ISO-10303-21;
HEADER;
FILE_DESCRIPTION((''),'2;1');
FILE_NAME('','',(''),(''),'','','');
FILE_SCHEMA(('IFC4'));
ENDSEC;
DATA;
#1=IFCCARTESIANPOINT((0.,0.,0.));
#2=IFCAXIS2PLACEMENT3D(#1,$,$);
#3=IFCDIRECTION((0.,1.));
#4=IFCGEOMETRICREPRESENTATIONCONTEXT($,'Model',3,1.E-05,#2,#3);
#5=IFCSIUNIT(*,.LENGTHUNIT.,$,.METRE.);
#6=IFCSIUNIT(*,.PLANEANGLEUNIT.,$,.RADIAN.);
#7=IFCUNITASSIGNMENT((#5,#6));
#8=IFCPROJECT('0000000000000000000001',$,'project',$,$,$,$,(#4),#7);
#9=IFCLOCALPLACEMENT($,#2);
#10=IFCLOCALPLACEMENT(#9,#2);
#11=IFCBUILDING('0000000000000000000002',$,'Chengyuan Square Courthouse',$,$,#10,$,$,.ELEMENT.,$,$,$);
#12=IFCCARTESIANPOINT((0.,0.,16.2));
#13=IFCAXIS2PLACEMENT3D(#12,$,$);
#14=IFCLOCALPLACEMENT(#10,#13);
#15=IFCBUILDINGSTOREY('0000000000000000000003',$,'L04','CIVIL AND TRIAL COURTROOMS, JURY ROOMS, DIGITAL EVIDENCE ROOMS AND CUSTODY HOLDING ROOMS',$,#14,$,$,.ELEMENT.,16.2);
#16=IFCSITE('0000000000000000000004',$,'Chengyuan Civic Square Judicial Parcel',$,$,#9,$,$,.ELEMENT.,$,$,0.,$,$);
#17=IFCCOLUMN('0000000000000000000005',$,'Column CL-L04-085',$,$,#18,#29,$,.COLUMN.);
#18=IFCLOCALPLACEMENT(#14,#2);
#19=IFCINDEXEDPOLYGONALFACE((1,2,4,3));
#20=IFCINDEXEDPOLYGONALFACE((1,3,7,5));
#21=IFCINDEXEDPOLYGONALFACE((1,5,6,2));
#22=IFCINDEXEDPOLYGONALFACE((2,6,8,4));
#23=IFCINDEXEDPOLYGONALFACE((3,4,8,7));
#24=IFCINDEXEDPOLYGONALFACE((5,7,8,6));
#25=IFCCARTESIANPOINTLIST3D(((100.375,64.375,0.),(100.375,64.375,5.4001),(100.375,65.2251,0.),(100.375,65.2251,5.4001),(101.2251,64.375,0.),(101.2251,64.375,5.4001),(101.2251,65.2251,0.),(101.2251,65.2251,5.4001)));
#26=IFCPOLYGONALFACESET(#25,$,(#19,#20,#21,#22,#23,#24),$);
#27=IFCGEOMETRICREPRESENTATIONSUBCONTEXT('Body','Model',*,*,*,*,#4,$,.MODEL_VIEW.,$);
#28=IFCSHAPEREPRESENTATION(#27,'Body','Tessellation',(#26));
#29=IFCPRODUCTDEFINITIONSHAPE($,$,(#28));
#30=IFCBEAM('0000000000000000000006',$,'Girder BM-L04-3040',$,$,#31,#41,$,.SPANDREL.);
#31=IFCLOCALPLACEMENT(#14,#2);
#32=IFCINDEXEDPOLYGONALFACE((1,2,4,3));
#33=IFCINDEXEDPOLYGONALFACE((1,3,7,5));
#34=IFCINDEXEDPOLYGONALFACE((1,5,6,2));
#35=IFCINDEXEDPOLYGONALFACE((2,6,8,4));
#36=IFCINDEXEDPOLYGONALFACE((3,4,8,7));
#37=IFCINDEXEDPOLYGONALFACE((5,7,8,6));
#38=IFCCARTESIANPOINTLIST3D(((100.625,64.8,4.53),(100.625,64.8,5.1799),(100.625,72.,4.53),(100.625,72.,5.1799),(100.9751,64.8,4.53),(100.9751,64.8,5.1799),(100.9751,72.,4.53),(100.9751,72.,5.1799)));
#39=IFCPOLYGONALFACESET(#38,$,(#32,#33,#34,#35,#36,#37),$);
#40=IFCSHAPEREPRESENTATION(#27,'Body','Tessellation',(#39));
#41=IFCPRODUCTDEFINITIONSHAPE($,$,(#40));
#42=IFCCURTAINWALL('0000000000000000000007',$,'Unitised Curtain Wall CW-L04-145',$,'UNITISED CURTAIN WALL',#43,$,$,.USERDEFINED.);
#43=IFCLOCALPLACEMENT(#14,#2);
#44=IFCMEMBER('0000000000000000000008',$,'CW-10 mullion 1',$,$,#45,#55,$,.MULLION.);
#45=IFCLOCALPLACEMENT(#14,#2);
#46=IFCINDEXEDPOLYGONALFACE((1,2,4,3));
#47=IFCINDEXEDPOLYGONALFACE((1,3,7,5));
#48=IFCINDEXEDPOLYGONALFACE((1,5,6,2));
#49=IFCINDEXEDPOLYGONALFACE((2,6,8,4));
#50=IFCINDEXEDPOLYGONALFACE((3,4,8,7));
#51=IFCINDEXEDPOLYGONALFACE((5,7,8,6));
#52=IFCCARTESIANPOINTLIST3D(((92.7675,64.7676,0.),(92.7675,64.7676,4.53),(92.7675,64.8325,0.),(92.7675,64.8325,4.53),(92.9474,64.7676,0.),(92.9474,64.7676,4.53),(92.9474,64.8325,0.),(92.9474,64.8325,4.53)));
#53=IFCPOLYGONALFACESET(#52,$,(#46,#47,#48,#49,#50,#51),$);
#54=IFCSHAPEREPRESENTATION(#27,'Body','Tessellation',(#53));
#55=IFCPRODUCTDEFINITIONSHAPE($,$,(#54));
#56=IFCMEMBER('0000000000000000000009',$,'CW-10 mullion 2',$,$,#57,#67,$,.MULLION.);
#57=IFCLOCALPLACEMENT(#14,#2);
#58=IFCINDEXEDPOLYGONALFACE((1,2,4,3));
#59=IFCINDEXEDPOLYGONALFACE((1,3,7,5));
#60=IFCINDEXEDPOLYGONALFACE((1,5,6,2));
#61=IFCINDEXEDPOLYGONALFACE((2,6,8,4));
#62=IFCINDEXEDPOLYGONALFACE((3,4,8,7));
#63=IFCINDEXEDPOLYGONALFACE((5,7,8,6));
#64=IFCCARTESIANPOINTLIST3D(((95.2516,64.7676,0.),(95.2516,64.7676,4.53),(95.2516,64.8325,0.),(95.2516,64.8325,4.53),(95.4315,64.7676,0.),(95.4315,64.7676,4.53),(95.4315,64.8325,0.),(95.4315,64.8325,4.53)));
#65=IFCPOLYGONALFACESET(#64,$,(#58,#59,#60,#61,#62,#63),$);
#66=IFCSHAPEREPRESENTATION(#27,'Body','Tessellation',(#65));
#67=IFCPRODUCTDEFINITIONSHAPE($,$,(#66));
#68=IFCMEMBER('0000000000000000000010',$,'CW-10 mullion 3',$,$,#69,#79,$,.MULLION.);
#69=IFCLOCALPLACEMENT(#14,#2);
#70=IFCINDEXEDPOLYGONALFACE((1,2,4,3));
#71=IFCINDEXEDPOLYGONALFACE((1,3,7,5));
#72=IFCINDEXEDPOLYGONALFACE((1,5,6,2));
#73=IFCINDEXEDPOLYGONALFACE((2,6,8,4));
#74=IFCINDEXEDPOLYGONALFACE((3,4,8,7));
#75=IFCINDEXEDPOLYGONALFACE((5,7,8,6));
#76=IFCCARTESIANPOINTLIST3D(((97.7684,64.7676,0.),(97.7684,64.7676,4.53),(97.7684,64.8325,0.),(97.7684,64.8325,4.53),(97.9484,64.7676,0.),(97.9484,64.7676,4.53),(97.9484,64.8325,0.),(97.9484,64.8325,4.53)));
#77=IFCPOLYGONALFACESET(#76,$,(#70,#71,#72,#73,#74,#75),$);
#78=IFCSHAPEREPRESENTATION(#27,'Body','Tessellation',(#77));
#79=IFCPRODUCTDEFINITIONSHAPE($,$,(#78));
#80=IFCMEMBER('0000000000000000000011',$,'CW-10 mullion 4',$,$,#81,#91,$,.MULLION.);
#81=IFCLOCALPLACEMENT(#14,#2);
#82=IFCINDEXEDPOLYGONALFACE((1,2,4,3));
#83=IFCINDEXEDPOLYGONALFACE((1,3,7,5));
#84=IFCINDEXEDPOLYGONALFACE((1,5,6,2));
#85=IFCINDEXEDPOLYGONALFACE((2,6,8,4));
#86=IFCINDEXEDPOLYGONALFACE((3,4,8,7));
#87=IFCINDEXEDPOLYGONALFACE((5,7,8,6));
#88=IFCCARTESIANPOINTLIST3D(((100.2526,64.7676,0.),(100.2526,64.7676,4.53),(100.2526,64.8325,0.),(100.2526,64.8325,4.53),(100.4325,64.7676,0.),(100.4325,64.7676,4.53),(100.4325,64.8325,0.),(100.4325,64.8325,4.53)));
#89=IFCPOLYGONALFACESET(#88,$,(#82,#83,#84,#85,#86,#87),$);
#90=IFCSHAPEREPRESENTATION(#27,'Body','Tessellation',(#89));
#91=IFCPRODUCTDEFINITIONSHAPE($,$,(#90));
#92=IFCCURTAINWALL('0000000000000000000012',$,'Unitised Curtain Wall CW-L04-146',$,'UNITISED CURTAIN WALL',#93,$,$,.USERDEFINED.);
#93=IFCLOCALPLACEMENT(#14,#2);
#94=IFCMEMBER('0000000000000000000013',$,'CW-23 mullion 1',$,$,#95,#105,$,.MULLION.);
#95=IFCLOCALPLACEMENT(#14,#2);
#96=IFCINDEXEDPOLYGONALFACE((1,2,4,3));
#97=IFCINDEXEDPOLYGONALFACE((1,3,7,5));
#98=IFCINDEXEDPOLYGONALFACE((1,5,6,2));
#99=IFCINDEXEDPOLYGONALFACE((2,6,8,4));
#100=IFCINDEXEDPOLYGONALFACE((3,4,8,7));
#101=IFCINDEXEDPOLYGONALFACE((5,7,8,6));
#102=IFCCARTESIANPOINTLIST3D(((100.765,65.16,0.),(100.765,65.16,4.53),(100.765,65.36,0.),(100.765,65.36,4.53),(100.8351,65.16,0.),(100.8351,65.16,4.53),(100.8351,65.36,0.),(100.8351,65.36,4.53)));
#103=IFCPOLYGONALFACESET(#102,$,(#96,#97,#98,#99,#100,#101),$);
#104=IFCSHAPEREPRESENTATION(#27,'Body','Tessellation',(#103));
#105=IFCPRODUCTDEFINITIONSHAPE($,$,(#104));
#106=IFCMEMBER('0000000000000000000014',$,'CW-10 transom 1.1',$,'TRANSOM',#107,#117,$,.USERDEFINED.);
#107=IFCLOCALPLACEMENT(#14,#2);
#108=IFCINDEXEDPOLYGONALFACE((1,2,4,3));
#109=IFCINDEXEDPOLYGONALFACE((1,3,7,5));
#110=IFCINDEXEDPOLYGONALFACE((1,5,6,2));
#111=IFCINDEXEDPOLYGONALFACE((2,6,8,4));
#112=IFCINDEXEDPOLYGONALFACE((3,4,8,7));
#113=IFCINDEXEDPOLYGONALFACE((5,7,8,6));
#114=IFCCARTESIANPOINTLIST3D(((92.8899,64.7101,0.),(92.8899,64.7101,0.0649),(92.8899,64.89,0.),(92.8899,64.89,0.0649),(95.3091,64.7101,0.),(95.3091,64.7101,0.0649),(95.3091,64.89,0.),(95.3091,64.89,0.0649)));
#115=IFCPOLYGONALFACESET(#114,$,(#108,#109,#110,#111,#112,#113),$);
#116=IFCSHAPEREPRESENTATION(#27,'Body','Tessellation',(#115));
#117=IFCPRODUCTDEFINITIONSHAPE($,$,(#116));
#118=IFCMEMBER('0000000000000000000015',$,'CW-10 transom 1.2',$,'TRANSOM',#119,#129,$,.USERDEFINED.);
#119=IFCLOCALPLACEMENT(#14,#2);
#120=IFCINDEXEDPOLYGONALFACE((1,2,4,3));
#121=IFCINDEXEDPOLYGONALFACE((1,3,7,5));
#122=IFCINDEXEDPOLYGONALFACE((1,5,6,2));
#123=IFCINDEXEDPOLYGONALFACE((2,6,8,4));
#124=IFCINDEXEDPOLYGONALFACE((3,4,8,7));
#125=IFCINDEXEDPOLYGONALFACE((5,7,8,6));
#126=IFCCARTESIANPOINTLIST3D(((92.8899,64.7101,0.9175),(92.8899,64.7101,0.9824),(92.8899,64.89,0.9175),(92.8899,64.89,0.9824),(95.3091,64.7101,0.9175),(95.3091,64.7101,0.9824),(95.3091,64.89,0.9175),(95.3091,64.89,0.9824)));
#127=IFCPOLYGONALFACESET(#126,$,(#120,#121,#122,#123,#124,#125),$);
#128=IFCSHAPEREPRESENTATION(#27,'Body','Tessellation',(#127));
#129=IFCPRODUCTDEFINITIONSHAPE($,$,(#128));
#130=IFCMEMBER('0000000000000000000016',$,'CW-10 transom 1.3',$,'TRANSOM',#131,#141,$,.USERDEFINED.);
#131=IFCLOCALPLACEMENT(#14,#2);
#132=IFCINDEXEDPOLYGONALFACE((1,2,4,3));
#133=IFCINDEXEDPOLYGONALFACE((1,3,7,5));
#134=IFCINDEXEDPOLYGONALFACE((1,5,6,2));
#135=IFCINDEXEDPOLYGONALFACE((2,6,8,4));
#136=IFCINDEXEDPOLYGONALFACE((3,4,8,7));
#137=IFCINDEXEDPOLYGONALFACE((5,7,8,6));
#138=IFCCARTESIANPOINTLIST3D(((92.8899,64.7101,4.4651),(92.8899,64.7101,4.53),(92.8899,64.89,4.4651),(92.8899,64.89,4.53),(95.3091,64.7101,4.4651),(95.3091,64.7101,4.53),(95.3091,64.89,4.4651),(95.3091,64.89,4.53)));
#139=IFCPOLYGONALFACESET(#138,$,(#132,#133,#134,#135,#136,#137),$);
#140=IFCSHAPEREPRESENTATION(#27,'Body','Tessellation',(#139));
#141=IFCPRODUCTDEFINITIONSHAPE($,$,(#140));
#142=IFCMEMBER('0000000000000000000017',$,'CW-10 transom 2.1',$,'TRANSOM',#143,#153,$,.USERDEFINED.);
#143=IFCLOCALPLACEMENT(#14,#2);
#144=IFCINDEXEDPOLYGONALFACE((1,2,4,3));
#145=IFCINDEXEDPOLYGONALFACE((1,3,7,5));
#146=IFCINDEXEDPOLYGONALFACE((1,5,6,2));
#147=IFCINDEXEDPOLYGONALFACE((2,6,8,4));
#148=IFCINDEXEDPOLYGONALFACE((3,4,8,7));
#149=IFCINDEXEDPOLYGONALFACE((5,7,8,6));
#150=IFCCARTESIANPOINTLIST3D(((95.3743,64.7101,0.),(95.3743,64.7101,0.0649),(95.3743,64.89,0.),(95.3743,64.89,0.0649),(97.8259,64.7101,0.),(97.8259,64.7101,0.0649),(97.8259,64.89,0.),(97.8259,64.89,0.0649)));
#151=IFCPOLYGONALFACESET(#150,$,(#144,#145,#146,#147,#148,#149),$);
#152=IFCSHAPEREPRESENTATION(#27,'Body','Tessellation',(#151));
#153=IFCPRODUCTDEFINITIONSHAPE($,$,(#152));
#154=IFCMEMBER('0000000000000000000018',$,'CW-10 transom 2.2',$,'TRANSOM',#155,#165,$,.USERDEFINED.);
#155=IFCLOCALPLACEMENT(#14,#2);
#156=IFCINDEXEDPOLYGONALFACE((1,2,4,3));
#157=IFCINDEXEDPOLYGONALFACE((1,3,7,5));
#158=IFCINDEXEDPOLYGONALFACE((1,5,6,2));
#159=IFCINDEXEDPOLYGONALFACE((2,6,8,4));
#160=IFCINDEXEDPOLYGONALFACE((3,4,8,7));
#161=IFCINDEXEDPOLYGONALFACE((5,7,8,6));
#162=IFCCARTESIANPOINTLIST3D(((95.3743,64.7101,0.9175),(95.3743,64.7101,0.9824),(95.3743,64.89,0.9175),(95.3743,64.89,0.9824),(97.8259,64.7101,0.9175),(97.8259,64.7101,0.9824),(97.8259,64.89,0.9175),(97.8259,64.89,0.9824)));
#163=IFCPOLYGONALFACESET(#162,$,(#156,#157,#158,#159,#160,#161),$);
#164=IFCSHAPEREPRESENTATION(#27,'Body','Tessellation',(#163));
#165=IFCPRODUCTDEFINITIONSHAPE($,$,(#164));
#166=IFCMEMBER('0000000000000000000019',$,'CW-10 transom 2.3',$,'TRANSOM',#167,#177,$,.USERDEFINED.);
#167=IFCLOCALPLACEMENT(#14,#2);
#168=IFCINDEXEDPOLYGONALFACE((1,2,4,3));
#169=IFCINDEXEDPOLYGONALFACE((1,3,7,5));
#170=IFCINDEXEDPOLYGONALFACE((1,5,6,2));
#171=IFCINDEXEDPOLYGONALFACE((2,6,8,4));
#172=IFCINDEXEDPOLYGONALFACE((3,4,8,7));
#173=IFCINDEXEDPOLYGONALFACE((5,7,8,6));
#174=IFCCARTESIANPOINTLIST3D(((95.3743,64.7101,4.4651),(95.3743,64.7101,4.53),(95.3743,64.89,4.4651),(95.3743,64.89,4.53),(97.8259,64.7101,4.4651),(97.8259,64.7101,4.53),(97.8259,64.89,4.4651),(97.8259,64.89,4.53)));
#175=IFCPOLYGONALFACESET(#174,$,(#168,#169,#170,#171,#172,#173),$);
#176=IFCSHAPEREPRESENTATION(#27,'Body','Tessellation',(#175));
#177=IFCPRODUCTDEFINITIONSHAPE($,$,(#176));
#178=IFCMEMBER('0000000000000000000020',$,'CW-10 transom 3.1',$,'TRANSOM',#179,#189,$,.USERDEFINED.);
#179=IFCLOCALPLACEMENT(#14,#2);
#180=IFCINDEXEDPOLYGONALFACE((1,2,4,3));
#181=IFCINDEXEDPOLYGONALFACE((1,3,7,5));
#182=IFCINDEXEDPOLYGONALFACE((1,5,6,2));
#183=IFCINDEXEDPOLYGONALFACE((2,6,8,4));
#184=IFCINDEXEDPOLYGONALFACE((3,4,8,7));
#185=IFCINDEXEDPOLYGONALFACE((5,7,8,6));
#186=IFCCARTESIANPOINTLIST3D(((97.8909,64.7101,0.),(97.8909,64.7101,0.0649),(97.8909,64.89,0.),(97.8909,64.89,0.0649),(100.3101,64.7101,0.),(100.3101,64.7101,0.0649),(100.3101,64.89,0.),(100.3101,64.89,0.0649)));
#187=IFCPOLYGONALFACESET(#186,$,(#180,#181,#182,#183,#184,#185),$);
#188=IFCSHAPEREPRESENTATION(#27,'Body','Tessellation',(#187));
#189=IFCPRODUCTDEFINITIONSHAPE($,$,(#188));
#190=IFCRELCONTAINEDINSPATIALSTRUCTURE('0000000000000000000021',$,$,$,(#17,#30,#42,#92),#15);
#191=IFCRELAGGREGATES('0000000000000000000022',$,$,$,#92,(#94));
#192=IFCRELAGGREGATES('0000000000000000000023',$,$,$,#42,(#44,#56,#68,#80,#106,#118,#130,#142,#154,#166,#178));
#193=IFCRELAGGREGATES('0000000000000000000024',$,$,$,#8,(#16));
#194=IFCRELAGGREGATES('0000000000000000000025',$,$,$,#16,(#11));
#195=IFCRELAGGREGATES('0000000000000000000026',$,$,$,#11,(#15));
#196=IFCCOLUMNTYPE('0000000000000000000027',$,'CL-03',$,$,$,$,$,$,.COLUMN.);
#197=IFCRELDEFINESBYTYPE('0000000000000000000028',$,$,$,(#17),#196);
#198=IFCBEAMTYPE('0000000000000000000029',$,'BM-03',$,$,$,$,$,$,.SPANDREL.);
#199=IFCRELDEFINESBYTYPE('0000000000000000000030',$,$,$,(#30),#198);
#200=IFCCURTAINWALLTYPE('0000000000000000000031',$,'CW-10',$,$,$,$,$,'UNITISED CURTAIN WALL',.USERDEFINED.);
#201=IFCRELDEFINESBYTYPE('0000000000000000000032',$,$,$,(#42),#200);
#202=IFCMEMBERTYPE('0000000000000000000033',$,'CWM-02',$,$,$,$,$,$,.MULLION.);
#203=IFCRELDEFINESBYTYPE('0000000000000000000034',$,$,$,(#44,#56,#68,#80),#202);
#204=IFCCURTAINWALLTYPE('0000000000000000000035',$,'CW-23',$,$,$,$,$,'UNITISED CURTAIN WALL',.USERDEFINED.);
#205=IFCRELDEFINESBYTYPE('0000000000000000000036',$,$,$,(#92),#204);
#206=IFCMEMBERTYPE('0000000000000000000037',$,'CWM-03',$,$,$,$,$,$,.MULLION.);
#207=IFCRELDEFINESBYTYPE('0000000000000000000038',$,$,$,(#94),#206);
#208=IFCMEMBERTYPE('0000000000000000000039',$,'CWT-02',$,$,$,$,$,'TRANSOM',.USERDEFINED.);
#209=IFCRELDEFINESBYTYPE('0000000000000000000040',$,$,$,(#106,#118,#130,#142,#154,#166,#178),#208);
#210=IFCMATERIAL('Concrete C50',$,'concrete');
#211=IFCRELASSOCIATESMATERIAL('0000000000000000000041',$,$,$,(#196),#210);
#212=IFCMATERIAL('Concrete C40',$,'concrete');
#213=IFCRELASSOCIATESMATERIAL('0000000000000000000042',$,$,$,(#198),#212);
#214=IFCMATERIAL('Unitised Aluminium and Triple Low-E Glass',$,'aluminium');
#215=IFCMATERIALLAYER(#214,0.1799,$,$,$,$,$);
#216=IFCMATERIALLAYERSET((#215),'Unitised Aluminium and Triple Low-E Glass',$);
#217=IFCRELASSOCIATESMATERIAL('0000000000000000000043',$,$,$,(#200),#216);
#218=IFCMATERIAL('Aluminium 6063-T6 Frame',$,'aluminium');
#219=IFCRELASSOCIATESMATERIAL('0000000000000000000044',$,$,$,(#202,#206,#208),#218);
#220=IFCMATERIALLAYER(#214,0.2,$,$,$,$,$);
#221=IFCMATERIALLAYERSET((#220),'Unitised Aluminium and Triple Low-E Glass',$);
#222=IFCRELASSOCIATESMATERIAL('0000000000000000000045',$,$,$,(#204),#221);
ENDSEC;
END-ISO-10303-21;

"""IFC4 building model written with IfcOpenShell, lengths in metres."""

from ifc_helpers import new_model, si_unit, direction, frame, origin, origin_2d, place, context, subcontext, project, spatial, rectangle, extrude, material, layer, layer_set, material_profile, profile_set, type_object, element, aggregate, save


model = new_model("IFC4")

# Units and contexts
model_context = context("Model", 3, precision=1e-05, world=origin(), true_north=direction((0.0, 1.0)))
body_context = subcontext(model_context, "Body", "Model", "MODEL_VIEW")
ifc_project = project(units=[si_unit("LENGTHUNIT", "METRE"), si_unit("PLANEANGLEUNIT", "RADIAN")], contexts=[model_context])

# Site, building, storey
site_placement = place(None, origin())
site = spatial("IfcSite", under=ifc_project, at=site_placement, Name="Chengyuan Civic Square Judicial Parcel", CompositionType="ELEMENT", RefElevation=0.0)
building_placement = place(site_placement, origin())
building = spatial("IfcBuilding", under=site, at=building_placement, Name="Chengyuan Square Courthouse", CompositionType="ELEMENT")
storey_placement = place(building_placement, frame((0.0, 0.0, 16.2)))
storey = spatial("IfcBuildingStorey", under=building, at=storey_placement, Name="L04", Description="CIVIL AND TRIAL COURTROOMS, JURY ROOMS, DIGITAL EVIDENCE ROOMS AND CUSTODY HOLDING ROOMS", CompositionType="ELEMENT", Elevation=16.2)

# Column
ifc_material_1 = material(Name="Concrete C50", Category="concrete")
ifc_material_profile_1 = material_profile(ifc_material_1, rectangle(XDim=0.8501, YDim=0.8501, at=origin_2d()), Name="RC-COL-850x850")
ifc_profile_set_1 = profile_set([ifc_material_profile_1], Name="Concrete C50")
column_type = type_object("IfcColumnType", Name="CL-03", PredefinedType="COLUMN", material=ifc_profile_set_1)
column_placement = place(storey_placement, frame((100.8, 64.8, 0.0), z_axis=(0.0, 0.0, 1.0), x_axis=(1.0, 0.0, 0.0)))
element("IfcColumn", 1, at=column_placement, inside=storey, type_object=column_type, Name="Column CL-L04-085", PredefinedType="COLUMN", context=body_context, shape_type="SweptSolid", body=[
    extrude(rectangle(XDim=0.8501, YDim=0.8501, at=origin_2d()), origin(), (0.0, 0.0, 1.0), 5.4001),
])

# Beam
ifc_material_2 = material(Name="Concrete C40", Category="concrete")
ifc_material_profile_2 = material_profile(ifc_material_2, rectangle(XDim=0.3501, YDim=0.6499, at=origin_2d()), Name="RC-BM-350x650")
ifc_profile_set_2 = profile_set([ifc_material_profile_2], Name="Concrete C40")
beam_type = type_object("IfcBeamType", Name="BM-03", PredefinedType="SPANDREL", material=ifc_profile_set_2)
beam_placement = place(storey_placement, frame((100.8, 64.8, 4.855), z_axis=(0.0, 1.0, 0.0), x_axis=(-1.0, 0.0, 0.0)))
element("IfcBeam", 2, at=beam_placement, inside=storey, type_object=beam_type, Name="Girder BM-L04-3040", PredefinedType="SPANDREL", context=body_context, shape_type="SweptSolid", body=[
    extrude(rectangle(XDim=0.3501, YDim=0.6499, at=origin_2d()), origin(), (0.0, 0.0, 1.0), 7.2),
])

# Curtain wall, members
ifc_material_3 = material(Name="Unitised Aluminium and Triple Low-E Glass", Category="aluminium")
ifc_layer_1 = layer(ifc_material_3, 0.1799)
ifc_layer_set_1 = layer_set([ifc_layer_1], Name="Unitised Aluminium and Triple Low-E Glass")
curtain_wall_type_1 = type_object("IfcCurtainWallType", Name="CW-10", ElementType="UNITISED CURTAIN WALL", PredefinedType="USERDEFINED", material=ifc_layer_set_1)
curtain_wall_1_placement = place(storey_placement, origin())
curtain_wall_1 = element("IfcCurtainWall", 3, at=curtain_wall_1_placement, inside=storey, type_object=curtain_wall_type_1, Name="Unitised Curtain Wall CW-L04-145", ObjectType="UNITISED CURTAIN WALL", PredefinedType="USERDEFINED")
ifc_material_4 = material(Name="Aluminium 6063-T6 Frame", Category="aluminium")
ifc_material_profile_3 = material_profile(ifc_material_4, rectangle(XDim=0.0649, YDim=0.1799, at=origin_2d()), Name="CW-MUL-65x180")
ifc_profile_set_3 = profile_set([ifc_material_profile_3], Name="Aluminium 6063-T6 Frame")
member_type_1 = type_object("IfcMemberType", Name="CWM-02", PredefinedType="MULLION", material=ifc_profile_set_3)
member_1_placement = place(storey_placement, frame((92.8574, 64.8, 0.0), z_axis=(0.0, 0.0, 1.0), x_axis=(0.0, 1.0, 0.0)))
member_1 = element("IfcMember", 4, at=member_1_placement, type_object=member_type_1, Name="CW-10 mullion 1", PredefinedType="MULLION", context=body_context, shape_type="SweptSolid", body=[
    extrude(rectangle(XDim=0.0649, YDim=0.1799, at=origin_2d()), origin(), (0.0, 0.0, 1.0), 4.53),
])
member_2_placement = place(storey_placement, frame((95.3416, 64.8, 0.0), z_axis=(0.0, 0.0, 1.0), x_axis=(0.0, 1.0, 0.0)))
member_2 = element("IfcMember", 5, at=member_2_placement, type_object=member_type_1, Name="CW-10 mullion 2", PredefinedType="MULLION", context=body_context, shape_type="SweptSolid", body=[
    extrude(rectangle(XDim=0.0649, YDim=0.1799, at=origin_2d()), origin(), (0.0, 0.0, 1.0), 4.53),
])
member_3_placement = place(storey_placement, frame((97.8584, 64.8, 0.0), z_axis=(0.0, 0.0, 1.0), x_axis=(0.0, 1.0, 0.0)))
member_3 = element("IfcMember", 6, at=member_3_placement, type_object=member_type_1, Name="CW-10 mullion 3", PredefinedType="MULLION", context=body_context, shape_type="SweptSolid", body=[
    extrude(rectangle(XDim=0.0649, YDim=0.1799, at=origin_2d()), origin(), (0.0, 0.0, 1.0), 4.53),
])
member_4_placement = place(storey_placement, frame((100.3425, 64.8, 0.0), z_axis=(0.0, 0.0, 1.0), x_axis=(0.0, 1.0, 0.0)))
member_4 = element("IfcMember", 7, at=member_4_placement, type_object=member_type_1, Name="CW-10 mullion 4", PredefinedType="MULLION", context=body_context, shape_type="SweptSolid", body=[
    extrude(rectangle(XDim=0.0649, YDim=0.1799, at=origin_2d()), origin(), (0.0, 0.0, 1.0), 4.53),
])

# Curtain wall, member
ifc_layer_2 = layer(ifc_material_3, 0.2)
ifc_layer_set_2 = layer_set([ifc_layer_2], Name="Unitised Aluminium and Triple Low-E Glass")
curtain_wall_type_2 = type_object("IfcCurtainWallType", Name="CW-23", ElementType="UNITISED CURTAIN WALL", PredefinedType="USERDEFINED", material=ifc_layer_set_2)
curtain_wall_2_placement = place(storey_placement, origin())
curtain_wall_2 = element("IfcCurtainWall", 8, at=curtain_wall_2_placement, inside=storey, type_object=curtain_wall_type_2, Name="Unitised Curtain Wall CW-L04-146", ObjectType="UNITISED CURTAIN WALL", PredefinedType="USERDEFINED")
ifc_material_profile_4 = material_profile(ifc_material_4, rectangle(XDim=0.0701, YDim=0.2, at=origin_2d()), Name="CW-MUL-70x200")
ifc_profile_set_4 = profile_set([ifc_material_profile_4], Name="Aluminium 6063-T6 Frame")
member_type_2 = type_object("IfcMemberType", Name="CWM-03", PredefinedType="MULLION", material=ifc_profile_set_4)
member_5_placement = place(storey_placement, frame((100.8, 65.26, 0.0), z_axis=(0.0, 0.0, 1.0), x_axis=(-1.0, 0.0, 0.0)))
member_5 = element("IfcMember", 9, at=member_5_placement, type_object=member_type_2, Name="CW-23 mullion 1", PredefinedType="MULLION", context=body_context, shape_type="SweptSolid", body=[
    extrude(rectangle(XDim=0.0701, YDim=0.2, at=origin_2d()), origin(), (0.0, 0.0, 1.0), 4.53),
])

# Members
ifc_material_profile_5 = material_profile(ifc_material_4, rectangle(XDim=0.1799, YDim=0.0649, at=origin_2d()), Name="CW-TRN-65x140")
ifc_profile_set_5 = profile_set([ifc_material_profile_5], Name="Aluminium 6063-T6 Frame")
member_type_3 = type_object("IfcMemberType", Name="CWT-02", ElementType="TRANSOM", PredefinedType="USERDEFINED", material=ifc_profile_set_5)
member_6_placement = place(storey_placement, frame((92.8899, 64.8, 0.0325), z_axis=(1.0, 0.0, 0.0), x_axis=(0.0, 1.0, 0.0)))
member_6 = element("IfcMember", 10, at=member_6_placement, type_object=member_type_3, Name="CW-10 transom 1.1", ObjectType="TRANSOM", PredefinedType="USERDEFINED", context=body_context, shape_type="SweptSolid", body=[
    extrude(rectangle(XDim=0.1799, YDim=0.0649, at=origin_2d()), origin(), (0.0, 0.0, 1.0), 2.4192),
])
member_7_placement = place(storey_placement, frame((92.8899, 64.8, 0.95), z_axis=(1.0, 0.0, 0.0), x_axis=(0.0, 1.0, 0.0)))
member_7 = element("IfcMember", 11, at=member_7_placement, type_object=member_type_3, Name="CW-10 transom 1.2", ObjectType="TRANSOM", PredefinedType="USERDEFINED", context=body_context, shape_type="SweptSolid", body=[
    extrude(rectangle(XDim=0.1799, YDim=0.0649, at=origin_2d()), origin(), (0.0, 0.0, 1.0), 2.4192),
])
member_8_placement = place(storey_placement, frame((92.8899, 64.8, 4.4976), z_axis=(1.0, 0.0, 0.0), x_axis=(0.0, 1.0, 0.0)))
member_8 = element("IfcMember", 12, at=member_8_placement, type_object=member_type_3, Name="CW-10 transom 1.3", ObjectType="TRANSOM", PredefinedType="USERDEFINED", context=body_context, shape_type="SweptSolid", body=[
    extrude(rectangle(XDim=0.1799, YDim=0.0649, at=origin_2d()), origin(), (0.0, 0.0, 1.0), 2.4192),
])
member_9_placement = place(storey_placement, frame((95.3743, 64.8, 0.0325), z_axis=(1.0, 0.0, 0.0), x_axis=(0.0, 1.0, 0.0)))
member_9 = element("IfcMember", 13, at=member_9_placement, type_object=member_type_3, Name="CW-10 transom 2.1", ObjectType="TRANSOM", PredefinedType="USERDEFINED", context=body_context, shape_type="SweptSolid", body=[
    extrude(rectangle(XDim=0.1799, YDim=0.0649, at=origin_2d()), origin(), (0.0, 0.0, 1.0), 2.4517),
])
member_10_placement = place(storey_placement, frame((95.3743, 64.8, 0.95), z_axis=(1.0, 0.0, 0.0), x_axis=(0.0, 1.0, 0.0)))
member_10 = element("IfcMember", 14, at=member_10_placement, type_object=member_type_3, Name="CW-10 transom 2.2", ObjectType="TRANSOM", PredefinedType="USERDEFINED", context=body_context, shape_type="SweptSolid", body=[
    extrude(rectangle(XDim=0.1799, YDim=0.0649, at=origin_2d()), origin(), (0.0, 0.0, 1.0), 2.4517),
])
member_11_placement = place(storey_placement, frame((95.3743, 64.8, 4.4976), z_axis=(1.0, 0.0, 0.0), x_axis=(0.0, 1.0, 0.0)))
member_11 = element("IfcMember", 15, at=member_11_placement, type_object=member_type_3, Name="CW-10 transom 2.3", ObjectType="TRANSOM", PredefinedType="USERDEFINED", context=body_context, shape_type="SweptSolid", body=[
    extrude(rectangle(XDim=0.1799, YDim=0.0649, at=origin_2d()), origin(), (0.0, 0.0, 1.0), 2.4517),
])
member_12_placement = place(storey_placement, frame((97.8909, 64.8, 0.0325), z_axis=(1.0, 0.0, 0.0), x_axis=(0.0, 1.0, 0.0)))
member_12 = element("IfcMember", 16, at=member_12_placement, type_object=member_type_3, Name="CW-10 transom 3.1", ObjectType="TRANSOM", PredefinedType="USERDEFINED", context=body_context, shape_type="SweptSolid", body=[
    extrude(rectangle(XDim=0.1799, YDim=0.0649, at=origin_2d()), origin(), (0.0, 0.0, 1.0), 2.4192),
])
aggregate(curtain_wall_2, [member_5])

aggregate(curtain_wall_1, [member_1, member_2, member_3, member_4, member_6, member_7, member_8, member_9, member_10, member_11, member_12])

save(model, "model.ifc")
